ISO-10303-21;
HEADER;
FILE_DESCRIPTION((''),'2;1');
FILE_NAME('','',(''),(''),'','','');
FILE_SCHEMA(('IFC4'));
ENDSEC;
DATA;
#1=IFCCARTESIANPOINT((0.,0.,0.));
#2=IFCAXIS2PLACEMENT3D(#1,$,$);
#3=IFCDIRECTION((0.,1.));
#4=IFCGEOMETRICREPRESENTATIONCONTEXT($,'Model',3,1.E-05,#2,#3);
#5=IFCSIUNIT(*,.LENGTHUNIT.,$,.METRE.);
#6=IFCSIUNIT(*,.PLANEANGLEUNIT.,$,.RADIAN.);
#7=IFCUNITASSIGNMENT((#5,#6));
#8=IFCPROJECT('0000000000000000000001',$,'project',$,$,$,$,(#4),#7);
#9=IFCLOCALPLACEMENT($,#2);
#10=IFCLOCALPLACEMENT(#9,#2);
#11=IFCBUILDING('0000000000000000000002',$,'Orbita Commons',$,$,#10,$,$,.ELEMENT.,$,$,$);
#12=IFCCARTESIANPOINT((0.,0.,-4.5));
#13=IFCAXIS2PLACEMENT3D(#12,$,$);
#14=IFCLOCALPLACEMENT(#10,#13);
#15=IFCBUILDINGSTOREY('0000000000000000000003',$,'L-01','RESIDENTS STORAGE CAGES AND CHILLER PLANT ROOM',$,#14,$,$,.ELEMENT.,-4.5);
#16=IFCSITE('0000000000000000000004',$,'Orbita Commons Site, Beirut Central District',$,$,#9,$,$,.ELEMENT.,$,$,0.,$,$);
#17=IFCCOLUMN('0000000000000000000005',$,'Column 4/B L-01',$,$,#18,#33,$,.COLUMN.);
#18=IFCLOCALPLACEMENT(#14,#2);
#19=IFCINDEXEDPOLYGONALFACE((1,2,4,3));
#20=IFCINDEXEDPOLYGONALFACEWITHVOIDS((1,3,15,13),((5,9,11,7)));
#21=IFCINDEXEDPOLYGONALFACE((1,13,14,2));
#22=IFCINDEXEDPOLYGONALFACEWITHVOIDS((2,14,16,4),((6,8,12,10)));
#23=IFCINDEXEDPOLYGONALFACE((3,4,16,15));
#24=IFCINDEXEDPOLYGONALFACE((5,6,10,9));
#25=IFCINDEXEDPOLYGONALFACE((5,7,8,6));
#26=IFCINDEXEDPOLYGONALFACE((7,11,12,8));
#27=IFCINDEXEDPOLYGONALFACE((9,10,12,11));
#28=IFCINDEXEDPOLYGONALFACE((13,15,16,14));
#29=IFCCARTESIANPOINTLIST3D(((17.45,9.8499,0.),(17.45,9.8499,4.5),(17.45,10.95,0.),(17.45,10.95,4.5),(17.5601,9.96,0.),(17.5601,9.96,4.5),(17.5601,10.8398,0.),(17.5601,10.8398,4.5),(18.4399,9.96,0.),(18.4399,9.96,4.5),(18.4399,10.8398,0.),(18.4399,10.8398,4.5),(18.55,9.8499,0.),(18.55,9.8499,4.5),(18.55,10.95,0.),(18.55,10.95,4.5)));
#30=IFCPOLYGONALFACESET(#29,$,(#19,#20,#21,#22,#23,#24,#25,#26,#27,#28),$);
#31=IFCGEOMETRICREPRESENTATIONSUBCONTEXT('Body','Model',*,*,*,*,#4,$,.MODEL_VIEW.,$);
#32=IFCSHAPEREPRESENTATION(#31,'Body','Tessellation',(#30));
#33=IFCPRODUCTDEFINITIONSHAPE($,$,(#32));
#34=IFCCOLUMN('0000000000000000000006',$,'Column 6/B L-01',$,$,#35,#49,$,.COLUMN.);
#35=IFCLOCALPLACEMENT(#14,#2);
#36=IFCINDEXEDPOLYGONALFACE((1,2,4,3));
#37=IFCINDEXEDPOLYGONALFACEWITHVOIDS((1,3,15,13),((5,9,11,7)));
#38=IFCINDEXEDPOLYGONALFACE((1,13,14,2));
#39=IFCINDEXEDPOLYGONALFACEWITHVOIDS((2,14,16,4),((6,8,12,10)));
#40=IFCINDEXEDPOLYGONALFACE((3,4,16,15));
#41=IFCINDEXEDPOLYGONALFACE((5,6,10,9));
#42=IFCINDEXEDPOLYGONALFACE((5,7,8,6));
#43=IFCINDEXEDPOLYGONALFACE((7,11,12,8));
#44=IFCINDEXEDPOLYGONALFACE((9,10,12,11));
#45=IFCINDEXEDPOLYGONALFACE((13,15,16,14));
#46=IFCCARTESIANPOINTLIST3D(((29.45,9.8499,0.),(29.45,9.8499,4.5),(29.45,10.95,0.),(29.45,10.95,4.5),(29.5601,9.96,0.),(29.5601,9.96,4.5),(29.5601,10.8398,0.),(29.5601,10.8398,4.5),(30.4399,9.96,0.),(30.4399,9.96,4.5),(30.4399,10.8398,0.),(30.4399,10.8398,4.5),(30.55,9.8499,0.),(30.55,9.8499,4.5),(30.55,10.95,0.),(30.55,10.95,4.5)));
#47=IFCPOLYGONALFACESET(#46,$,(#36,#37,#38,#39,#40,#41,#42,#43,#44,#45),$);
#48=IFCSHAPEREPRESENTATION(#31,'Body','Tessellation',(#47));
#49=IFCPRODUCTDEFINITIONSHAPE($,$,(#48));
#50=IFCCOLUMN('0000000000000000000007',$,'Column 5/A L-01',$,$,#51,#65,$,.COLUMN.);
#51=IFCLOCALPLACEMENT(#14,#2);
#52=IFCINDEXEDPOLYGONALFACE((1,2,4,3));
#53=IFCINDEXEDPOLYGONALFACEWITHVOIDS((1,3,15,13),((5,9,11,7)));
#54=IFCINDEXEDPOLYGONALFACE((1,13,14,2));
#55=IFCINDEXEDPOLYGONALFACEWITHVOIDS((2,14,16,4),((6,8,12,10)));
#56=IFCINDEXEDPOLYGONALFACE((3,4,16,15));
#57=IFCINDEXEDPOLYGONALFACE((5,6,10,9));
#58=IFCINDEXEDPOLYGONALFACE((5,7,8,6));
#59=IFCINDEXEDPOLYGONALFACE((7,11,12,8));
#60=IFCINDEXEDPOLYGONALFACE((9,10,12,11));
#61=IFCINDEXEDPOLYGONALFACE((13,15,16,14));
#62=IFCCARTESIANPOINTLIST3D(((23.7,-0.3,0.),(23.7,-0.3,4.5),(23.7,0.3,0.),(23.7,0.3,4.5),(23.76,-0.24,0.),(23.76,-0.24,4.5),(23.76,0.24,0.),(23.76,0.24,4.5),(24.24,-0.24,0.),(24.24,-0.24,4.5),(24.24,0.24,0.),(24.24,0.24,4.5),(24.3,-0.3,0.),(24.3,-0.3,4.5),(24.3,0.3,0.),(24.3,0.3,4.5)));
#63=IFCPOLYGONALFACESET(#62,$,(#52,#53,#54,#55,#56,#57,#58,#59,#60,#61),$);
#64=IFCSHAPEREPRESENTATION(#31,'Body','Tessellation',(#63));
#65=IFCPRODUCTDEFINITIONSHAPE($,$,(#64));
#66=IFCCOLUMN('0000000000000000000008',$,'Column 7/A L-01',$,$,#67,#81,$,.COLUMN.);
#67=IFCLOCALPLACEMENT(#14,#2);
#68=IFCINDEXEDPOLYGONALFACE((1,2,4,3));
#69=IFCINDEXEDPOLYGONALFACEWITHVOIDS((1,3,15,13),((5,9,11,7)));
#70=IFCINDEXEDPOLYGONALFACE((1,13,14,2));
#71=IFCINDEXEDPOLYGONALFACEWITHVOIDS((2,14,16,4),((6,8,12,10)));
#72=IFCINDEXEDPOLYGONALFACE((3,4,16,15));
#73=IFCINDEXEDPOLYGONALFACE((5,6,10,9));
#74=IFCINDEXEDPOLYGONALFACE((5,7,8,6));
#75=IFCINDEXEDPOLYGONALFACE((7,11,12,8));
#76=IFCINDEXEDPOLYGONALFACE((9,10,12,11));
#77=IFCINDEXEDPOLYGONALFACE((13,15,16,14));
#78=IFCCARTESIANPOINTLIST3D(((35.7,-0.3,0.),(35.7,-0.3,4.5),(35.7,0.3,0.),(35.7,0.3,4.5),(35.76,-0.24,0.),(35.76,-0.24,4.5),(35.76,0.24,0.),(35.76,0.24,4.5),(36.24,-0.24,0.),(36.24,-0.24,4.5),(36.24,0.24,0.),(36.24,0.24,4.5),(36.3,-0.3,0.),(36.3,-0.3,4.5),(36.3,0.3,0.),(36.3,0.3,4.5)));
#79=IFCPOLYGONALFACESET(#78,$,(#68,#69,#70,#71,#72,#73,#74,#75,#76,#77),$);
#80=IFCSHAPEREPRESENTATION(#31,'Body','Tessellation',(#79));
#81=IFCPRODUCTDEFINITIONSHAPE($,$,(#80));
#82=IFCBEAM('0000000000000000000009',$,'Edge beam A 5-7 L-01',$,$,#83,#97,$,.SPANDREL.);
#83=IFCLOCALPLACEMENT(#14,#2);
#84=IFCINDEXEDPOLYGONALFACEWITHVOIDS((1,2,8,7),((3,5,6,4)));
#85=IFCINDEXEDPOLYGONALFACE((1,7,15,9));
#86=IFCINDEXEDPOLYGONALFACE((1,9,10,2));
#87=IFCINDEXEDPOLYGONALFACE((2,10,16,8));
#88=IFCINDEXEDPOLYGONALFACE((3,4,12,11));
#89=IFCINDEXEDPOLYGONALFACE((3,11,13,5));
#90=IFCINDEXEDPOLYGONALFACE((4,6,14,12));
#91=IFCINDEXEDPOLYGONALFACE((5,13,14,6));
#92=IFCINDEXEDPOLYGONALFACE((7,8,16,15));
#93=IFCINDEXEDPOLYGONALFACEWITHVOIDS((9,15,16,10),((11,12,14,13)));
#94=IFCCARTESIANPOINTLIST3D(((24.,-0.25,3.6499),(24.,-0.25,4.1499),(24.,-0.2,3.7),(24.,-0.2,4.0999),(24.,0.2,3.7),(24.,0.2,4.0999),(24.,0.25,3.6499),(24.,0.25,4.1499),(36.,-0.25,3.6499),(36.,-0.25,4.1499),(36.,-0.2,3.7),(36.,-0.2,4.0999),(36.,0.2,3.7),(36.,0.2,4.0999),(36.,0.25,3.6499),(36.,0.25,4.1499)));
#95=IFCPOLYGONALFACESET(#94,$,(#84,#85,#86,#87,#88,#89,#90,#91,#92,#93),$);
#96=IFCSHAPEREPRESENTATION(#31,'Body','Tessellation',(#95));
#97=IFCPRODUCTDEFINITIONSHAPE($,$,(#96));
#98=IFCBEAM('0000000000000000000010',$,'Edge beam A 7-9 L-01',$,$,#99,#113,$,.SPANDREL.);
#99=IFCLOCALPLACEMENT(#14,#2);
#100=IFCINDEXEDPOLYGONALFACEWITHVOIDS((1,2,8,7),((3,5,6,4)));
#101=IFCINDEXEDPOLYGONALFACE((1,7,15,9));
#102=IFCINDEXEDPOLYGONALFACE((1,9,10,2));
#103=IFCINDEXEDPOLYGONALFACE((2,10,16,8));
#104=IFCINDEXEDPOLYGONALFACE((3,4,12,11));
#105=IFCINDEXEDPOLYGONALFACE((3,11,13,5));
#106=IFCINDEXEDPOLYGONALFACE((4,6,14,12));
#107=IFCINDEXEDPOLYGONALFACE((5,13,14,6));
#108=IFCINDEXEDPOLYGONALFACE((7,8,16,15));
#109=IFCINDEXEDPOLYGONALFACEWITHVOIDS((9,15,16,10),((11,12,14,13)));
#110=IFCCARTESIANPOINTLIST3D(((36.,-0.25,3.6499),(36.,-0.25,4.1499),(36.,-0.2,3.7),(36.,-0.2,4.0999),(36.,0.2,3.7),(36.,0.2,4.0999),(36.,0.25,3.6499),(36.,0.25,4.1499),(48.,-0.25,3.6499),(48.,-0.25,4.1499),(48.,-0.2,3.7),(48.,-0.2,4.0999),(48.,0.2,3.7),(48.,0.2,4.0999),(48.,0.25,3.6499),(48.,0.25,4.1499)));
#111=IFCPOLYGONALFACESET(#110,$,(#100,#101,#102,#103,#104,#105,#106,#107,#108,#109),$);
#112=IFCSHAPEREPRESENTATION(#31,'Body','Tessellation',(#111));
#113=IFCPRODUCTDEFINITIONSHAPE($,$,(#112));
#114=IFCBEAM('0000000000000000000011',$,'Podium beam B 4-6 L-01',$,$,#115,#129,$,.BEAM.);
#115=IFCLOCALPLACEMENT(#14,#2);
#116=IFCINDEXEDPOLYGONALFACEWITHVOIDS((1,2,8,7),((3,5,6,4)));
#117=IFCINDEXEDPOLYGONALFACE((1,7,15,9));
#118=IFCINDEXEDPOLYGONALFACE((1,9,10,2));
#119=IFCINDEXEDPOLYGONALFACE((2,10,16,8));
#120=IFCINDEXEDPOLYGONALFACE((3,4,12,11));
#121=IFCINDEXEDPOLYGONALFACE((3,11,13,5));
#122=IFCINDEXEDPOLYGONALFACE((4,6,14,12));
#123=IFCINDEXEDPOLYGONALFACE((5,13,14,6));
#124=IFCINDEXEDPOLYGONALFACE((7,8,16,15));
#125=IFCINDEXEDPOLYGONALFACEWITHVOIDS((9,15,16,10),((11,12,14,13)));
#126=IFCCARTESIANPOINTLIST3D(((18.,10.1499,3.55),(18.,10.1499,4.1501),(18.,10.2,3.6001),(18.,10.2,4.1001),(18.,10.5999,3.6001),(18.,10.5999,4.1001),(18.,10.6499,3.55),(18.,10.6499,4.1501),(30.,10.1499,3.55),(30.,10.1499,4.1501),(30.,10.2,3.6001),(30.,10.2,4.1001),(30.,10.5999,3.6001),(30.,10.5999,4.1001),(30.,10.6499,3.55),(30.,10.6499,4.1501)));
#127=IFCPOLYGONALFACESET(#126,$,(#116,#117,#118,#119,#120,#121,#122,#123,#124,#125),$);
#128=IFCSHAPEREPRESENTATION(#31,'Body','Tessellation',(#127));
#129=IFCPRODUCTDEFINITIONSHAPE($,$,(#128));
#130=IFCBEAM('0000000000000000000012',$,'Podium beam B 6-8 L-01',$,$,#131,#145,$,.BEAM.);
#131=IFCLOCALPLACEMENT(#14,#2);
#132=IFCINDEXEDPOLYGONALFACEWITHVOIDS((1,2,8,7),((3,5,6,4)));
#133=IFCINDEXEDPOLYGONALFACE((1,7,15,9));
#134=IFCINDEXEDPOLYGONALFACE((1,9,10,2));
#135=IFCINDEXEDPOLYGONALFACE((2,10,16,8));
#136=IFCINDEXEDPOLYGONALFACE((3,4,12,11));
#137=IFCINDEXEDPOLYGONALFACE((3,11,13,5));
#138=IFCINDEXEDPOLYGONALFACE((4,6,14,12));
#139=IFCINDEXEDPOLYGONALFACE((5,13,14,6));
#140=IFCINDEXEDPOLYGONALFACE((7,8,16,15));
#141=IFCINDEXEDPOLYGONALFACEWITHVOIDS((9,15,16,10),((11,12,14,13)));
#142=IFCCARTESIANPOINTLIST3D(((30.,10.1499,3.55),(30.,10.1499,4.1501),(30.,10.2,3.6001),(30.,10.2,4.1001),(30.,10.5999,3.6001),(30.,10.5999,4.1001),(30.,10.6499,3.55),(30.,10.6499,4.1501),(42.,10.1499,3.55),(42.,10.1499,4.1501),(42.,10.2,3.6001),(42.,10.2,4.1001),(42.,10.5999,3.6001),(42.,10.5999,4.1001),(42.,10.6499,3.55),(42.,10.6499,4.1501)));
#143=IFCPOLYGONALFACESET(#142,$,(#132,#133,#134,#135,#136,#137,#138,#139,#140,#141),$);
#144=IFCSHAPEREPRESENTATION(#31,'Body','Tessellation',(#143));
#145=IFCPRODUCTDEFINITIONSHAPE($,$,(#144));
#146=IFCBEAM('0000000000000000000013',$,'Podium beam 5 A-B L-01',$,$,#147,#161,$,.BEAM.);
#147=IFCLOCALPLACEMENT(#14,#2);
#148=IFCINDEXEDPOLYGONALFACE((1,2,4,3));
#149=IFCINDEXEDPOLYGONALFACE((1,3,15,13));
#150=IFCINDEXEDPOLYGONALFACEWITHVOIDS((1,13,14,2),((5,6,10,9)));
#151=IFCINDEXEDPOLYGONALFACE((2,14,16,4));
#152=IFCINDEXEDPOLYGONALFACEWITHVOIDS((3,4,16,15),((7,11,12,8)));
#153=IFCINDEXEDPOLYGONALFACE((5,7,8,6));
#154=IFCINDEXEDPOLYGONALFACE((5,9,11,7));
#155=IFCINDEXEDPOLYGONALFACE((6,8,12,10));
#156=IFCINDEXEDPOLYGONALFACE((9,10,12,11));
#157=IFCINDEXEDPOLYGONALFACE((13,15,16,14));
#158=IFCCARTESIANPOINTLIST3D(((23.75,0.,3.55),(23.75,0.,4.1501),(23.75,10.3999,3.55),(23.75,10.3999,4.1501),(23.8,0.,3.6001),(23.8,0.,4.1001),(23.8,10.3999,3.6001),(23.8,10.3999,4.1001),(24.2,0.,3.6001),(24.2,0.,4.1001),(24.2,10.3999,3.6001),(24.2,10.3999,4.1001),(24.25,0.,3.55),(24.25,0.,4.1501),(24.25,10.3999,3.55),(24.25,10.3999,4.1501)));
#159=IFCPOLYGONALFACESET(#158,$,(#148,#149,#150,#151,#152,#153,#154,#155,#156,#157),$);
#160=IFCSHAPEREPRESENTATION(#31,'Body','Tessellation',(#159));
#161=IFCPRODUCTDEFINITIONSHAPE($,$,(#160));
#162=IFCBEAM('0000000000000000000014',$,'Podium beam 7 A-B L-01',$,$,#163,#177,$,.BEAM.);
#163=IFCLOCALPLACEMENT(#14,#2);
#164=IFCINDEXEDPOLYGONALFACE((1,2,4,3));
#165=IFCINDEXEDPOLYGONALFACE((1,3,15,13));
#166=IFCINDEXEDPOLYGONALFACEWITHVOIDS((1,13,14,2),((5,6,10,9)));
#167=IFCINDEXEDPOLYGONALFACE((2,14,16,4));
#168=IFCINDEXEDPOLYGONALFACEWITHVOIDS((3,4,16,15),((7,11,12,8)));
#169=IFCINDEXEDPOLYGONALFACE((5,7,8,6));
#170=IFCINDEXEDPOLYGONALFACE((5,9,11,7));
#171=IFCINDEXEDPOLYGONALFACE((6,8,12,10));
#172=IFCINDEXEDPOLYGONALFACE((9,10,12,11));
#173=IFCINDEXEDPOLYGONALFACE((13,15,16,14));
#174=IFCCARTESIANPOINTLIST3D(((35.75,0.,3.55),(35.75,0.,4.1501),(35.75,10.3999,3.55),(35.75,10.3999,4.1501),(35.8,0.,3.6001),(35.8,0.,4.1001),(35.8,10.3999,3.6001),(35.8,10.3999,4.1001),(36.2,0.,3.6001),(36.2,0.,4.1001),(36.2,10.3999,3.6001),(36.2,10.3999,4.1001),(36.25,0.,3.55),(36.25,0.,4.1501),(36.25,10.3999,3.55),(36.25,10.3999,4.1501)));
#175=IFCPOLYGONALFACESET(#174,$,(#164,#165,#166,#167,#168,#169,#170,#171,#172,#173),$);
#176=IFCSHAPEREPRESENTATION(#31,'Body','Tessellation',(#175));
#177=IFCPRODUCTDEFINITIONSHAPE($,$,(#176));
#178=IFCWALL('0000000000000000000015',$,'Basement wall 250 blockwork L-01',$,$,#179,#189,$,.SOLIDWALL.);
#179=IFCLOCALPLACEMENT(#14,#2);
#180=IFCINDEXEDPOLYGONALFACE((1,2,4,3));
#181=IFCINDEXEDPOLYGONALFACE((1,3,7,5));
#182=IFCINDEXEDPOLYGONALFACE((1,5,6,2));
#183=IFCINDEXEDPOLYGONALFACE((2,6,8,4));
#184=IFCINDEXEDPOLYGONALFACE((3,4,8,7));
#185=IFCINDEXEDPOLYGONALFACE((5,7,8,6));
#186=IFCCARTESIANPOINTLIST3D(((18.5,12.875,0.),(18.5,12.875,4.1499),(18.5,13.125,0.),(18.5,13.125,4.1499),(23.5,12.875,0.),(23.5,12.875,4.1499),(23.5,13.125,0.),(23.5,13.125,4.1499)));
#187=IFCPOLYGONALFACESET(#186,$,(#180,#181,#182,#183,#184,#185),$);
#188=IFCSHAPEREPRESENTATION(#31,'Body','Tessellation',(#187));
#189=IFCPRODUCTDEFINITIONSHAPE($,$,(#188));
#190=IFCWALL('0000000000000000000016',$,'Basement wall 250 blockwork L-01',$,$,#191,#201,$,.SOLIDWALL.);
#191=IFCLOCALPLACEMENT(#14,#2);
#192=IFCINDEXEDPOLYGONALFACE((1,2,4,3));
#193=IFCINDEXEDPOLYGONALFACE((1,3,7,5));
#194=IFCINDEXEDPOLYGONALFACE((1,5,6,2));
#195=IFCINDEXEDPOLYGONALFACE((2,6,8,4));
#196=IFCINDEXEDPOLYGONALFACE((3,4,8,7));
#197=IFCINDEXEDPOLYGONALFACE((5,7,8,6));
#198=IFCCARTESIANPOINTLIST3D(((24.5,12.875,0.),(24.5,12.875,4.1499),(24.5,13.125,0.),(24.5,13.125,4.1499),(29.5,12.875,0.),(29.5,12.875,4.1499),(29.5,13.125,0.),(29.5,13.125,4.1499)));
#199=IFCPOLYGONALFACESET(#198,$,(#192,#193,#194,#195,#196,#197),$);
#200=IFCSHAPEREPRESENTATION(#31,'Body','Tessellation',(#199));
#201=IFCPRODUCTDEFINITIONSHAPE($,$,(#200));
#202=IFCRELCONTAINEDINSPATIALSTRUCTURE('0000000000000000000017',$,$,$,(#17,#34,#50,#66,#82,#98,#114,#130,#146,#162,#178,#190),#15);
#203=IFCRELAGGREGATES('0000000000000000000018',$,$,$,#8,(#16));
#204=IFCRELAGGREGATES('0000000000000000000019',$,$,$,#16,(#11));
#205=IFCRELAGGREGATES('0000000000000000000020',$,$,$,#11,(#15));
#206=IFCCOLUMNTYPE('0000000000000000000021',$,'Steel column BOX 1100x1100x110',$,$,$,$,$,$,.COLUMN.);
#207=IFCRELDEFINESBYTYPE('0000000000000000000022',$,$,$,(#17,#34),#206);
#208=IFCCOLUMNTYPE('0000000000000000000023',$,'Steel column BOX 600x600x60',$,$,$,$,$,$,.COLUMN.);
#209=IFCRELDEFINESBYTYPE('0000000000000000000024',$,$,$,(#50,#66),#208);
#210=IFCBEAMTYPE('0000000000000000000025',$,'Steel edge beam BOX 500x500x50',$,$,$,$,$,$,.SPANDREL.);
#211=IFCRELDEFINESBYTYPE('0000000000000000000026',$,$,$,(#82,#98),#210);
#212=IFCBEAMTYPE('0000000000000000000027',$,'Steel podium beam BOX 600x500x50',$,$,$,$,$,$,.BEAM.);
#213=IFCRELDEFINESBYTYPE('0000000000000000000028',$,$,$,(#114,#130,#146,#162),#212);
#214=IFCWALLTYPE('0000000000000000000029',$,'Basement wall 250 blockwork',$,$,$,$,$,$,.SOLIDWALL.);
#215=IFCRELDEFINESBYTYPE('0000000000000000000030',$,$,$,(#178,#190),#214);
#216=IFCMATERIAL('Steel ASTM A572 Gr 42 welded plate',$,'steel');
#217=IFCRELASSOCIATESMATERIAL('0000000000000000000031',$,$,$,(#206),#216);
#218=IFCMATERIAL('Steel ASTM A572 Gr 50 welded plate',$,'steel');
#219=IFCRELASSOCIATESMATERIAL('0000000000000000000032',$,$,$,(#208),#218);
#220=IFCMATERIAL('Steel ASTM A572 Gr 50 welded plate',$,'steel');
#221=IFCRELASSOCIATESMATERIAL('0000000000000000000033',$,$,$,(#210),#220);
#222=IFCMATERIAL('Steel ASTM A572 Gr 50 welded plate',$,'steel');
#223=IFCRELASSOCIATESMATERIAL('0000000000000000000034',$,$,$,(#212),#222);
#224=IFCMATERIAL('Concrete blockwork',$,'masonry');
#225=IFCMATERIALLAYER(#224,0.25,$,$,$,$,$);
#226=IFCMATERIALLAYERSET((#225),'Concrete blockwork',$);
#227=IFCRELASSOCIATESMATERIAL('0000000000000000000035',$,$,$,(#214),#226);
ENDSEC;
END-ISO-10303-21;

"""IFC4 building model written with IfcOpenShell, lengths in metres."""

from ifc_helpers import new_model, si_unit, direction, frame, frame_2d, origin, origin_2d, place, context, subcontext, project, spatial, rectangle, hollow_rectangle, extrude, material, layer, layer_set, material_profile, profile_set, type_object, element, save


model = new_model("IFC4")

# Units and contexts
model_context = context("Model", 3, precision=1e-05, world=origin(), true_north=direction((0.0, 1.0)))
body_context = subcontext(model_context, "Body", "Model", "MODEL_VIEW")
ifc_project = project(units=[si_unit("LENGTHUNIT", "METRE"), si_unit("PLANEANGLEUNIT", "RADIAN")], contexts=[model_context])

# Site, building, storey
site_placement = place(None, origin())
site = spatial("IfcSite", under=ifc_project, at=site_placement, Name="Orbita Commons Site, Beirut Central District", CompositionType="ELEMENT", RefElevation=0.0)
building_placement = place(site_placement, origin())
building = spatial("IfcBuilding", under=site, at=building_placement, Name="Orbita Commons", CompositionType="ELEMENT")
storey_placement = place(building_placement, frame((0.0, 0.0, -4.5)))
storey = spatial("IfcBuildingStorey", under=building, at=storey_placement, Name="L-01", Description="RESIDENTS STORAGE CAGES AND CHILLER PLANT ROOM", CompositionType="ELEMENT", Elevation=-4.5)

# Columns
ifc_material_1 = material(Name="Steel ASTM A572 Gr 42 welded plate", Category="steel")
ifc_material_profile_1 = material_profile(ifc_material_1, hollow_rectangle(XDim=1.1001, YDim=1.1001, WallThickness=0.1101, at=origin_2d()), Name="BOX 1100x1100x110")
ifc_profile_set_1 = profile_set([ifc_material_profile_1], Name="Steel ASTM A572 Gr 42 welded plate")
column_type_1 = type_object("IfcColumnType", Name="Steel column BOX 1100x1100x110", PredefinedType="COLUMN", material=ifc_profile_set_1)
for number, where, z_axis, x_axis, name in (
    (1, (18.0, 10.3999, 0.0), (0.0, 0.0, 1.0), (1.0, 0.0, 0.0), "Column 4/B L-01"),
    (2, (30.0, 10.3999, 0.0), (0.0, 0.0, 1.0), (1.0, 0.0, 0.0), "Column 6/B L-01"),
):
    element("IfcColumn", number, at=place(storey_placement, frame(where, z_axis=z_axis, x_axis=x_axis)), inside=storey, type_object=column_type_1, Name=name, PredefinedType="COLUMN", context=body_context, shape_type="SweptSolid", body=[
        extrude(hollow_rectangle(XDim=1.1001, YDim=1.1001, WallThickness=0.1101, at=origin_2d()), origin(), (0.0, 0.0, 1.0), 4.5),
    ])
ifc_material_2 = material(Name="Steel ASTM A572 Gr 50 welded plate", Category="steel")
ifc_material_profile_2 = material_profile(ifc_material_2, hollow_rectangle(XDim=0.6001, YDim=0.6001, WallThickness=0.0601, at=origin_2d()), Name="BOX 600x600x60")
ifc_profile_set_2 = profile_set([ifc_material_profile_2], Name="Steel ASTM A572 Gr 50 welded plate")
column_type_2 = type_object("IfcColumnType", Name="Steel column BOX 600x600x60", PredefinedType="COLUMN", material=ifc_profile_set_2)
for number, where, z_axis, x_axis, name in (
    (3, (24.0, 0.0, 0.0), (0.0, 0.0, 1.0), (1.0, 0.0, 0.0), "Column 5/A L-01"),
    (4, (36.0, 0.0, 0.0), (0.0, 0.0, 1.0), (1.0, 0.0, 0.0), "Column 7/A L-01"),
):
    element("IfcColumn", number, at=place(storey_placement, frame(where, z_axis=z_axis, x_axis=x_axis)), inside=storey, type_object=column_type_2, Name=name, PredefinedType="COLUMN", context=body_context, shape_type="SweptSolid", body=[
        extrude(hollow_rectangle(XDim=0.6001, YDim=0.6001, WallThickness=0.0601, at=origin_2d()), origin(), (0.0, 0.0, 1.0), 4.5),
    ])

# Beams
ifc_material_3 = material(Name="Steel ASTM A572 Gr 50 welded plate", Category="steel")
ifc_material_profile_3 = material_profile(ifc_material_3, hollow_rectangle(XDim=0.5, YDim=0.5, WallThickness=0.05, at=origin_2d()), Name="BOX 500x500x50")
ifc_profile_set_3 = profile_set([ifc_material_profile_3], Name="Steel ASTM A572 Gr 50 welded plate")
beam_type_1 = type_object("IfcBeamType", Name="Steel edge beam BOX 500x500x50", PredefinedType="SPANDREL", material=ifc_profile_set_3)
for number, where, z_axis, x_axis, name in (
    (5, (24.0, 0.0, 3.8999), (1.0, 0.0, 0.0), (0.0, 1.0, 0.0), "Edge beam A 5-7 L-01"),
    (6, (36.0, 0.0, 3.8999), (1.0, 0.0, 0.0), (0.0, 1.0, 0.0), "Edge beam A 7-9 L-01"),
):
    element("IfcBeam", number, at=place(storey_placement, frame(where, z_axis=z_axis, x_axis=x_axis)), inside=storey, type_object=beam_type_1, Name=name, PredefinedType="SPANDREL", context=body_context, shape_type="SweptSolid", body=[
        extrude(hollow_rectangle(XDim=0.5, YDim=0.5, WallThickness=0.05, at=origin_2d()), origin(), (0.0, 0.0, 1.0), 12.0),
    ])
ifc_material_4 = material(Name="Steel ASTM A572 Gr 50 welded plate", Category="steel")
ifc_material_profile_4 = material_profile(ifc_material_4, hollow_rectangle(XDim=0.5, YDim=0.6001, WallThickness=0.05, at=origin_2d()), Name="BOX 600x500x50")
ifc_profile_set_4 = profile_set([ifc_material_profile_4], Name="Steel ASTM A572 Gr 50 welded plate")
beam_type_2 = type_object("IfcBeamType", Name="Steel podium beam BOX 600x500x50", PredefinedType="BEAM", material=ifc_profile_set_4)
for number, where, z_axis, x_axis, name in (
    (7, (18.0, 10.3999, 3.8501), (1.0, 0.0, 0.0), (0.0, 1.0, 0.0), "Podium beam B 4-6 L-01"),
    (8, (30.0, 10.3999, 3.8501), (1.0, 0.0, 0.0), (0.0, 1.0, 0.0), "Podium beam B 6-8 L-01"),
):
    element("IfcBeam", number, at=place(storey_placement, frame(where, z_axis=z_axis, x_axis=x_axis)), inside=storey, type_object=beam_type_2, Name=name, PredefinedType="BEAM", context=body_context, shape_type="SweptSolid", body=[
        extrude(hollow_rectangle(XDim=0.5, YDim=0.6001, WallThickness=0.05, at=origin_2d()), origin(), (0.0, 0.0, 1.0), 12.0),
    ])
for number, where, z_axis, x_axis, name in (
    (9, (24.0, 0.0, 3.8501), (0.0, 1.0, 0.0), (-1.0, 0.0, 0.0), "Podium beam 5 A-B L-01"),
    (10, (36.0, 0.0, 3.8501), (0.0, 1.0, 0.0), (-1.0, 0.0, 0.0), "Podium beam 7 A-B L-01"),
):
    element("IfcBeam", number, at=place(storey_placement, frame(where, z_axis=z_axis, x_axis=x_axis)), inside=storey, type_object=beam_type_2, Name=name, PredefinedType="BEAM", context=body_context, shape_type="SweptSolid", body=[
        extrude(hollow_rectangle(XDim=0.5, YDim=0.6001, WallThickness=0.05, at=origin_2d()), origin(), (0.0, 0.0, 1.0), 10.3999),
    ])

# Walls
ifc_material_5 = material(Name="Concrete blockwork", Category="masonry")
ifc_layer_1 = layer(ifc_material_5, 0.25)
ifc_layer_set_1 = layer_set([ifc_layer_1], Name="Concrete blockwork")
wall_type_1 = type_object("IfcWallType", Name="Basement wall 250 blockwork", PredefinedType="SOLIDWALL", material=ifc_layer_set_1)
for number, where, z_axis, x_axis, name in (
    (11, (18.5, 13.0, 0.0), (0.0, 0.0, 1.0), (1.0, 0.0, 0.0), "Basement wall 250 blockwork L-01"),
    (12, (24.5, 13.0, 0.0), (0.0, 0.0, 1.0), (1.0, 0.0, 0.0), "Basement wall 250 blockwork L-01"),
):
    element("IfcWall", number, at=place(storey_placement, frame(where, z_axis=z_axis, x_axis=x_axis)), inside=storey, type_object=wall_type_1, Name=name, PredefinedType="SOLIDWALL", context=body_context, shape_type="SweptSolid", body=[
        extrude(rectangle(XDim=5.0, YDim=0.25, at=frame_2d((2.5, 0.0))), origin(), (0.0, 0.0, 1.0), 4.1499),
    ])

save(model, "model.ifc")
